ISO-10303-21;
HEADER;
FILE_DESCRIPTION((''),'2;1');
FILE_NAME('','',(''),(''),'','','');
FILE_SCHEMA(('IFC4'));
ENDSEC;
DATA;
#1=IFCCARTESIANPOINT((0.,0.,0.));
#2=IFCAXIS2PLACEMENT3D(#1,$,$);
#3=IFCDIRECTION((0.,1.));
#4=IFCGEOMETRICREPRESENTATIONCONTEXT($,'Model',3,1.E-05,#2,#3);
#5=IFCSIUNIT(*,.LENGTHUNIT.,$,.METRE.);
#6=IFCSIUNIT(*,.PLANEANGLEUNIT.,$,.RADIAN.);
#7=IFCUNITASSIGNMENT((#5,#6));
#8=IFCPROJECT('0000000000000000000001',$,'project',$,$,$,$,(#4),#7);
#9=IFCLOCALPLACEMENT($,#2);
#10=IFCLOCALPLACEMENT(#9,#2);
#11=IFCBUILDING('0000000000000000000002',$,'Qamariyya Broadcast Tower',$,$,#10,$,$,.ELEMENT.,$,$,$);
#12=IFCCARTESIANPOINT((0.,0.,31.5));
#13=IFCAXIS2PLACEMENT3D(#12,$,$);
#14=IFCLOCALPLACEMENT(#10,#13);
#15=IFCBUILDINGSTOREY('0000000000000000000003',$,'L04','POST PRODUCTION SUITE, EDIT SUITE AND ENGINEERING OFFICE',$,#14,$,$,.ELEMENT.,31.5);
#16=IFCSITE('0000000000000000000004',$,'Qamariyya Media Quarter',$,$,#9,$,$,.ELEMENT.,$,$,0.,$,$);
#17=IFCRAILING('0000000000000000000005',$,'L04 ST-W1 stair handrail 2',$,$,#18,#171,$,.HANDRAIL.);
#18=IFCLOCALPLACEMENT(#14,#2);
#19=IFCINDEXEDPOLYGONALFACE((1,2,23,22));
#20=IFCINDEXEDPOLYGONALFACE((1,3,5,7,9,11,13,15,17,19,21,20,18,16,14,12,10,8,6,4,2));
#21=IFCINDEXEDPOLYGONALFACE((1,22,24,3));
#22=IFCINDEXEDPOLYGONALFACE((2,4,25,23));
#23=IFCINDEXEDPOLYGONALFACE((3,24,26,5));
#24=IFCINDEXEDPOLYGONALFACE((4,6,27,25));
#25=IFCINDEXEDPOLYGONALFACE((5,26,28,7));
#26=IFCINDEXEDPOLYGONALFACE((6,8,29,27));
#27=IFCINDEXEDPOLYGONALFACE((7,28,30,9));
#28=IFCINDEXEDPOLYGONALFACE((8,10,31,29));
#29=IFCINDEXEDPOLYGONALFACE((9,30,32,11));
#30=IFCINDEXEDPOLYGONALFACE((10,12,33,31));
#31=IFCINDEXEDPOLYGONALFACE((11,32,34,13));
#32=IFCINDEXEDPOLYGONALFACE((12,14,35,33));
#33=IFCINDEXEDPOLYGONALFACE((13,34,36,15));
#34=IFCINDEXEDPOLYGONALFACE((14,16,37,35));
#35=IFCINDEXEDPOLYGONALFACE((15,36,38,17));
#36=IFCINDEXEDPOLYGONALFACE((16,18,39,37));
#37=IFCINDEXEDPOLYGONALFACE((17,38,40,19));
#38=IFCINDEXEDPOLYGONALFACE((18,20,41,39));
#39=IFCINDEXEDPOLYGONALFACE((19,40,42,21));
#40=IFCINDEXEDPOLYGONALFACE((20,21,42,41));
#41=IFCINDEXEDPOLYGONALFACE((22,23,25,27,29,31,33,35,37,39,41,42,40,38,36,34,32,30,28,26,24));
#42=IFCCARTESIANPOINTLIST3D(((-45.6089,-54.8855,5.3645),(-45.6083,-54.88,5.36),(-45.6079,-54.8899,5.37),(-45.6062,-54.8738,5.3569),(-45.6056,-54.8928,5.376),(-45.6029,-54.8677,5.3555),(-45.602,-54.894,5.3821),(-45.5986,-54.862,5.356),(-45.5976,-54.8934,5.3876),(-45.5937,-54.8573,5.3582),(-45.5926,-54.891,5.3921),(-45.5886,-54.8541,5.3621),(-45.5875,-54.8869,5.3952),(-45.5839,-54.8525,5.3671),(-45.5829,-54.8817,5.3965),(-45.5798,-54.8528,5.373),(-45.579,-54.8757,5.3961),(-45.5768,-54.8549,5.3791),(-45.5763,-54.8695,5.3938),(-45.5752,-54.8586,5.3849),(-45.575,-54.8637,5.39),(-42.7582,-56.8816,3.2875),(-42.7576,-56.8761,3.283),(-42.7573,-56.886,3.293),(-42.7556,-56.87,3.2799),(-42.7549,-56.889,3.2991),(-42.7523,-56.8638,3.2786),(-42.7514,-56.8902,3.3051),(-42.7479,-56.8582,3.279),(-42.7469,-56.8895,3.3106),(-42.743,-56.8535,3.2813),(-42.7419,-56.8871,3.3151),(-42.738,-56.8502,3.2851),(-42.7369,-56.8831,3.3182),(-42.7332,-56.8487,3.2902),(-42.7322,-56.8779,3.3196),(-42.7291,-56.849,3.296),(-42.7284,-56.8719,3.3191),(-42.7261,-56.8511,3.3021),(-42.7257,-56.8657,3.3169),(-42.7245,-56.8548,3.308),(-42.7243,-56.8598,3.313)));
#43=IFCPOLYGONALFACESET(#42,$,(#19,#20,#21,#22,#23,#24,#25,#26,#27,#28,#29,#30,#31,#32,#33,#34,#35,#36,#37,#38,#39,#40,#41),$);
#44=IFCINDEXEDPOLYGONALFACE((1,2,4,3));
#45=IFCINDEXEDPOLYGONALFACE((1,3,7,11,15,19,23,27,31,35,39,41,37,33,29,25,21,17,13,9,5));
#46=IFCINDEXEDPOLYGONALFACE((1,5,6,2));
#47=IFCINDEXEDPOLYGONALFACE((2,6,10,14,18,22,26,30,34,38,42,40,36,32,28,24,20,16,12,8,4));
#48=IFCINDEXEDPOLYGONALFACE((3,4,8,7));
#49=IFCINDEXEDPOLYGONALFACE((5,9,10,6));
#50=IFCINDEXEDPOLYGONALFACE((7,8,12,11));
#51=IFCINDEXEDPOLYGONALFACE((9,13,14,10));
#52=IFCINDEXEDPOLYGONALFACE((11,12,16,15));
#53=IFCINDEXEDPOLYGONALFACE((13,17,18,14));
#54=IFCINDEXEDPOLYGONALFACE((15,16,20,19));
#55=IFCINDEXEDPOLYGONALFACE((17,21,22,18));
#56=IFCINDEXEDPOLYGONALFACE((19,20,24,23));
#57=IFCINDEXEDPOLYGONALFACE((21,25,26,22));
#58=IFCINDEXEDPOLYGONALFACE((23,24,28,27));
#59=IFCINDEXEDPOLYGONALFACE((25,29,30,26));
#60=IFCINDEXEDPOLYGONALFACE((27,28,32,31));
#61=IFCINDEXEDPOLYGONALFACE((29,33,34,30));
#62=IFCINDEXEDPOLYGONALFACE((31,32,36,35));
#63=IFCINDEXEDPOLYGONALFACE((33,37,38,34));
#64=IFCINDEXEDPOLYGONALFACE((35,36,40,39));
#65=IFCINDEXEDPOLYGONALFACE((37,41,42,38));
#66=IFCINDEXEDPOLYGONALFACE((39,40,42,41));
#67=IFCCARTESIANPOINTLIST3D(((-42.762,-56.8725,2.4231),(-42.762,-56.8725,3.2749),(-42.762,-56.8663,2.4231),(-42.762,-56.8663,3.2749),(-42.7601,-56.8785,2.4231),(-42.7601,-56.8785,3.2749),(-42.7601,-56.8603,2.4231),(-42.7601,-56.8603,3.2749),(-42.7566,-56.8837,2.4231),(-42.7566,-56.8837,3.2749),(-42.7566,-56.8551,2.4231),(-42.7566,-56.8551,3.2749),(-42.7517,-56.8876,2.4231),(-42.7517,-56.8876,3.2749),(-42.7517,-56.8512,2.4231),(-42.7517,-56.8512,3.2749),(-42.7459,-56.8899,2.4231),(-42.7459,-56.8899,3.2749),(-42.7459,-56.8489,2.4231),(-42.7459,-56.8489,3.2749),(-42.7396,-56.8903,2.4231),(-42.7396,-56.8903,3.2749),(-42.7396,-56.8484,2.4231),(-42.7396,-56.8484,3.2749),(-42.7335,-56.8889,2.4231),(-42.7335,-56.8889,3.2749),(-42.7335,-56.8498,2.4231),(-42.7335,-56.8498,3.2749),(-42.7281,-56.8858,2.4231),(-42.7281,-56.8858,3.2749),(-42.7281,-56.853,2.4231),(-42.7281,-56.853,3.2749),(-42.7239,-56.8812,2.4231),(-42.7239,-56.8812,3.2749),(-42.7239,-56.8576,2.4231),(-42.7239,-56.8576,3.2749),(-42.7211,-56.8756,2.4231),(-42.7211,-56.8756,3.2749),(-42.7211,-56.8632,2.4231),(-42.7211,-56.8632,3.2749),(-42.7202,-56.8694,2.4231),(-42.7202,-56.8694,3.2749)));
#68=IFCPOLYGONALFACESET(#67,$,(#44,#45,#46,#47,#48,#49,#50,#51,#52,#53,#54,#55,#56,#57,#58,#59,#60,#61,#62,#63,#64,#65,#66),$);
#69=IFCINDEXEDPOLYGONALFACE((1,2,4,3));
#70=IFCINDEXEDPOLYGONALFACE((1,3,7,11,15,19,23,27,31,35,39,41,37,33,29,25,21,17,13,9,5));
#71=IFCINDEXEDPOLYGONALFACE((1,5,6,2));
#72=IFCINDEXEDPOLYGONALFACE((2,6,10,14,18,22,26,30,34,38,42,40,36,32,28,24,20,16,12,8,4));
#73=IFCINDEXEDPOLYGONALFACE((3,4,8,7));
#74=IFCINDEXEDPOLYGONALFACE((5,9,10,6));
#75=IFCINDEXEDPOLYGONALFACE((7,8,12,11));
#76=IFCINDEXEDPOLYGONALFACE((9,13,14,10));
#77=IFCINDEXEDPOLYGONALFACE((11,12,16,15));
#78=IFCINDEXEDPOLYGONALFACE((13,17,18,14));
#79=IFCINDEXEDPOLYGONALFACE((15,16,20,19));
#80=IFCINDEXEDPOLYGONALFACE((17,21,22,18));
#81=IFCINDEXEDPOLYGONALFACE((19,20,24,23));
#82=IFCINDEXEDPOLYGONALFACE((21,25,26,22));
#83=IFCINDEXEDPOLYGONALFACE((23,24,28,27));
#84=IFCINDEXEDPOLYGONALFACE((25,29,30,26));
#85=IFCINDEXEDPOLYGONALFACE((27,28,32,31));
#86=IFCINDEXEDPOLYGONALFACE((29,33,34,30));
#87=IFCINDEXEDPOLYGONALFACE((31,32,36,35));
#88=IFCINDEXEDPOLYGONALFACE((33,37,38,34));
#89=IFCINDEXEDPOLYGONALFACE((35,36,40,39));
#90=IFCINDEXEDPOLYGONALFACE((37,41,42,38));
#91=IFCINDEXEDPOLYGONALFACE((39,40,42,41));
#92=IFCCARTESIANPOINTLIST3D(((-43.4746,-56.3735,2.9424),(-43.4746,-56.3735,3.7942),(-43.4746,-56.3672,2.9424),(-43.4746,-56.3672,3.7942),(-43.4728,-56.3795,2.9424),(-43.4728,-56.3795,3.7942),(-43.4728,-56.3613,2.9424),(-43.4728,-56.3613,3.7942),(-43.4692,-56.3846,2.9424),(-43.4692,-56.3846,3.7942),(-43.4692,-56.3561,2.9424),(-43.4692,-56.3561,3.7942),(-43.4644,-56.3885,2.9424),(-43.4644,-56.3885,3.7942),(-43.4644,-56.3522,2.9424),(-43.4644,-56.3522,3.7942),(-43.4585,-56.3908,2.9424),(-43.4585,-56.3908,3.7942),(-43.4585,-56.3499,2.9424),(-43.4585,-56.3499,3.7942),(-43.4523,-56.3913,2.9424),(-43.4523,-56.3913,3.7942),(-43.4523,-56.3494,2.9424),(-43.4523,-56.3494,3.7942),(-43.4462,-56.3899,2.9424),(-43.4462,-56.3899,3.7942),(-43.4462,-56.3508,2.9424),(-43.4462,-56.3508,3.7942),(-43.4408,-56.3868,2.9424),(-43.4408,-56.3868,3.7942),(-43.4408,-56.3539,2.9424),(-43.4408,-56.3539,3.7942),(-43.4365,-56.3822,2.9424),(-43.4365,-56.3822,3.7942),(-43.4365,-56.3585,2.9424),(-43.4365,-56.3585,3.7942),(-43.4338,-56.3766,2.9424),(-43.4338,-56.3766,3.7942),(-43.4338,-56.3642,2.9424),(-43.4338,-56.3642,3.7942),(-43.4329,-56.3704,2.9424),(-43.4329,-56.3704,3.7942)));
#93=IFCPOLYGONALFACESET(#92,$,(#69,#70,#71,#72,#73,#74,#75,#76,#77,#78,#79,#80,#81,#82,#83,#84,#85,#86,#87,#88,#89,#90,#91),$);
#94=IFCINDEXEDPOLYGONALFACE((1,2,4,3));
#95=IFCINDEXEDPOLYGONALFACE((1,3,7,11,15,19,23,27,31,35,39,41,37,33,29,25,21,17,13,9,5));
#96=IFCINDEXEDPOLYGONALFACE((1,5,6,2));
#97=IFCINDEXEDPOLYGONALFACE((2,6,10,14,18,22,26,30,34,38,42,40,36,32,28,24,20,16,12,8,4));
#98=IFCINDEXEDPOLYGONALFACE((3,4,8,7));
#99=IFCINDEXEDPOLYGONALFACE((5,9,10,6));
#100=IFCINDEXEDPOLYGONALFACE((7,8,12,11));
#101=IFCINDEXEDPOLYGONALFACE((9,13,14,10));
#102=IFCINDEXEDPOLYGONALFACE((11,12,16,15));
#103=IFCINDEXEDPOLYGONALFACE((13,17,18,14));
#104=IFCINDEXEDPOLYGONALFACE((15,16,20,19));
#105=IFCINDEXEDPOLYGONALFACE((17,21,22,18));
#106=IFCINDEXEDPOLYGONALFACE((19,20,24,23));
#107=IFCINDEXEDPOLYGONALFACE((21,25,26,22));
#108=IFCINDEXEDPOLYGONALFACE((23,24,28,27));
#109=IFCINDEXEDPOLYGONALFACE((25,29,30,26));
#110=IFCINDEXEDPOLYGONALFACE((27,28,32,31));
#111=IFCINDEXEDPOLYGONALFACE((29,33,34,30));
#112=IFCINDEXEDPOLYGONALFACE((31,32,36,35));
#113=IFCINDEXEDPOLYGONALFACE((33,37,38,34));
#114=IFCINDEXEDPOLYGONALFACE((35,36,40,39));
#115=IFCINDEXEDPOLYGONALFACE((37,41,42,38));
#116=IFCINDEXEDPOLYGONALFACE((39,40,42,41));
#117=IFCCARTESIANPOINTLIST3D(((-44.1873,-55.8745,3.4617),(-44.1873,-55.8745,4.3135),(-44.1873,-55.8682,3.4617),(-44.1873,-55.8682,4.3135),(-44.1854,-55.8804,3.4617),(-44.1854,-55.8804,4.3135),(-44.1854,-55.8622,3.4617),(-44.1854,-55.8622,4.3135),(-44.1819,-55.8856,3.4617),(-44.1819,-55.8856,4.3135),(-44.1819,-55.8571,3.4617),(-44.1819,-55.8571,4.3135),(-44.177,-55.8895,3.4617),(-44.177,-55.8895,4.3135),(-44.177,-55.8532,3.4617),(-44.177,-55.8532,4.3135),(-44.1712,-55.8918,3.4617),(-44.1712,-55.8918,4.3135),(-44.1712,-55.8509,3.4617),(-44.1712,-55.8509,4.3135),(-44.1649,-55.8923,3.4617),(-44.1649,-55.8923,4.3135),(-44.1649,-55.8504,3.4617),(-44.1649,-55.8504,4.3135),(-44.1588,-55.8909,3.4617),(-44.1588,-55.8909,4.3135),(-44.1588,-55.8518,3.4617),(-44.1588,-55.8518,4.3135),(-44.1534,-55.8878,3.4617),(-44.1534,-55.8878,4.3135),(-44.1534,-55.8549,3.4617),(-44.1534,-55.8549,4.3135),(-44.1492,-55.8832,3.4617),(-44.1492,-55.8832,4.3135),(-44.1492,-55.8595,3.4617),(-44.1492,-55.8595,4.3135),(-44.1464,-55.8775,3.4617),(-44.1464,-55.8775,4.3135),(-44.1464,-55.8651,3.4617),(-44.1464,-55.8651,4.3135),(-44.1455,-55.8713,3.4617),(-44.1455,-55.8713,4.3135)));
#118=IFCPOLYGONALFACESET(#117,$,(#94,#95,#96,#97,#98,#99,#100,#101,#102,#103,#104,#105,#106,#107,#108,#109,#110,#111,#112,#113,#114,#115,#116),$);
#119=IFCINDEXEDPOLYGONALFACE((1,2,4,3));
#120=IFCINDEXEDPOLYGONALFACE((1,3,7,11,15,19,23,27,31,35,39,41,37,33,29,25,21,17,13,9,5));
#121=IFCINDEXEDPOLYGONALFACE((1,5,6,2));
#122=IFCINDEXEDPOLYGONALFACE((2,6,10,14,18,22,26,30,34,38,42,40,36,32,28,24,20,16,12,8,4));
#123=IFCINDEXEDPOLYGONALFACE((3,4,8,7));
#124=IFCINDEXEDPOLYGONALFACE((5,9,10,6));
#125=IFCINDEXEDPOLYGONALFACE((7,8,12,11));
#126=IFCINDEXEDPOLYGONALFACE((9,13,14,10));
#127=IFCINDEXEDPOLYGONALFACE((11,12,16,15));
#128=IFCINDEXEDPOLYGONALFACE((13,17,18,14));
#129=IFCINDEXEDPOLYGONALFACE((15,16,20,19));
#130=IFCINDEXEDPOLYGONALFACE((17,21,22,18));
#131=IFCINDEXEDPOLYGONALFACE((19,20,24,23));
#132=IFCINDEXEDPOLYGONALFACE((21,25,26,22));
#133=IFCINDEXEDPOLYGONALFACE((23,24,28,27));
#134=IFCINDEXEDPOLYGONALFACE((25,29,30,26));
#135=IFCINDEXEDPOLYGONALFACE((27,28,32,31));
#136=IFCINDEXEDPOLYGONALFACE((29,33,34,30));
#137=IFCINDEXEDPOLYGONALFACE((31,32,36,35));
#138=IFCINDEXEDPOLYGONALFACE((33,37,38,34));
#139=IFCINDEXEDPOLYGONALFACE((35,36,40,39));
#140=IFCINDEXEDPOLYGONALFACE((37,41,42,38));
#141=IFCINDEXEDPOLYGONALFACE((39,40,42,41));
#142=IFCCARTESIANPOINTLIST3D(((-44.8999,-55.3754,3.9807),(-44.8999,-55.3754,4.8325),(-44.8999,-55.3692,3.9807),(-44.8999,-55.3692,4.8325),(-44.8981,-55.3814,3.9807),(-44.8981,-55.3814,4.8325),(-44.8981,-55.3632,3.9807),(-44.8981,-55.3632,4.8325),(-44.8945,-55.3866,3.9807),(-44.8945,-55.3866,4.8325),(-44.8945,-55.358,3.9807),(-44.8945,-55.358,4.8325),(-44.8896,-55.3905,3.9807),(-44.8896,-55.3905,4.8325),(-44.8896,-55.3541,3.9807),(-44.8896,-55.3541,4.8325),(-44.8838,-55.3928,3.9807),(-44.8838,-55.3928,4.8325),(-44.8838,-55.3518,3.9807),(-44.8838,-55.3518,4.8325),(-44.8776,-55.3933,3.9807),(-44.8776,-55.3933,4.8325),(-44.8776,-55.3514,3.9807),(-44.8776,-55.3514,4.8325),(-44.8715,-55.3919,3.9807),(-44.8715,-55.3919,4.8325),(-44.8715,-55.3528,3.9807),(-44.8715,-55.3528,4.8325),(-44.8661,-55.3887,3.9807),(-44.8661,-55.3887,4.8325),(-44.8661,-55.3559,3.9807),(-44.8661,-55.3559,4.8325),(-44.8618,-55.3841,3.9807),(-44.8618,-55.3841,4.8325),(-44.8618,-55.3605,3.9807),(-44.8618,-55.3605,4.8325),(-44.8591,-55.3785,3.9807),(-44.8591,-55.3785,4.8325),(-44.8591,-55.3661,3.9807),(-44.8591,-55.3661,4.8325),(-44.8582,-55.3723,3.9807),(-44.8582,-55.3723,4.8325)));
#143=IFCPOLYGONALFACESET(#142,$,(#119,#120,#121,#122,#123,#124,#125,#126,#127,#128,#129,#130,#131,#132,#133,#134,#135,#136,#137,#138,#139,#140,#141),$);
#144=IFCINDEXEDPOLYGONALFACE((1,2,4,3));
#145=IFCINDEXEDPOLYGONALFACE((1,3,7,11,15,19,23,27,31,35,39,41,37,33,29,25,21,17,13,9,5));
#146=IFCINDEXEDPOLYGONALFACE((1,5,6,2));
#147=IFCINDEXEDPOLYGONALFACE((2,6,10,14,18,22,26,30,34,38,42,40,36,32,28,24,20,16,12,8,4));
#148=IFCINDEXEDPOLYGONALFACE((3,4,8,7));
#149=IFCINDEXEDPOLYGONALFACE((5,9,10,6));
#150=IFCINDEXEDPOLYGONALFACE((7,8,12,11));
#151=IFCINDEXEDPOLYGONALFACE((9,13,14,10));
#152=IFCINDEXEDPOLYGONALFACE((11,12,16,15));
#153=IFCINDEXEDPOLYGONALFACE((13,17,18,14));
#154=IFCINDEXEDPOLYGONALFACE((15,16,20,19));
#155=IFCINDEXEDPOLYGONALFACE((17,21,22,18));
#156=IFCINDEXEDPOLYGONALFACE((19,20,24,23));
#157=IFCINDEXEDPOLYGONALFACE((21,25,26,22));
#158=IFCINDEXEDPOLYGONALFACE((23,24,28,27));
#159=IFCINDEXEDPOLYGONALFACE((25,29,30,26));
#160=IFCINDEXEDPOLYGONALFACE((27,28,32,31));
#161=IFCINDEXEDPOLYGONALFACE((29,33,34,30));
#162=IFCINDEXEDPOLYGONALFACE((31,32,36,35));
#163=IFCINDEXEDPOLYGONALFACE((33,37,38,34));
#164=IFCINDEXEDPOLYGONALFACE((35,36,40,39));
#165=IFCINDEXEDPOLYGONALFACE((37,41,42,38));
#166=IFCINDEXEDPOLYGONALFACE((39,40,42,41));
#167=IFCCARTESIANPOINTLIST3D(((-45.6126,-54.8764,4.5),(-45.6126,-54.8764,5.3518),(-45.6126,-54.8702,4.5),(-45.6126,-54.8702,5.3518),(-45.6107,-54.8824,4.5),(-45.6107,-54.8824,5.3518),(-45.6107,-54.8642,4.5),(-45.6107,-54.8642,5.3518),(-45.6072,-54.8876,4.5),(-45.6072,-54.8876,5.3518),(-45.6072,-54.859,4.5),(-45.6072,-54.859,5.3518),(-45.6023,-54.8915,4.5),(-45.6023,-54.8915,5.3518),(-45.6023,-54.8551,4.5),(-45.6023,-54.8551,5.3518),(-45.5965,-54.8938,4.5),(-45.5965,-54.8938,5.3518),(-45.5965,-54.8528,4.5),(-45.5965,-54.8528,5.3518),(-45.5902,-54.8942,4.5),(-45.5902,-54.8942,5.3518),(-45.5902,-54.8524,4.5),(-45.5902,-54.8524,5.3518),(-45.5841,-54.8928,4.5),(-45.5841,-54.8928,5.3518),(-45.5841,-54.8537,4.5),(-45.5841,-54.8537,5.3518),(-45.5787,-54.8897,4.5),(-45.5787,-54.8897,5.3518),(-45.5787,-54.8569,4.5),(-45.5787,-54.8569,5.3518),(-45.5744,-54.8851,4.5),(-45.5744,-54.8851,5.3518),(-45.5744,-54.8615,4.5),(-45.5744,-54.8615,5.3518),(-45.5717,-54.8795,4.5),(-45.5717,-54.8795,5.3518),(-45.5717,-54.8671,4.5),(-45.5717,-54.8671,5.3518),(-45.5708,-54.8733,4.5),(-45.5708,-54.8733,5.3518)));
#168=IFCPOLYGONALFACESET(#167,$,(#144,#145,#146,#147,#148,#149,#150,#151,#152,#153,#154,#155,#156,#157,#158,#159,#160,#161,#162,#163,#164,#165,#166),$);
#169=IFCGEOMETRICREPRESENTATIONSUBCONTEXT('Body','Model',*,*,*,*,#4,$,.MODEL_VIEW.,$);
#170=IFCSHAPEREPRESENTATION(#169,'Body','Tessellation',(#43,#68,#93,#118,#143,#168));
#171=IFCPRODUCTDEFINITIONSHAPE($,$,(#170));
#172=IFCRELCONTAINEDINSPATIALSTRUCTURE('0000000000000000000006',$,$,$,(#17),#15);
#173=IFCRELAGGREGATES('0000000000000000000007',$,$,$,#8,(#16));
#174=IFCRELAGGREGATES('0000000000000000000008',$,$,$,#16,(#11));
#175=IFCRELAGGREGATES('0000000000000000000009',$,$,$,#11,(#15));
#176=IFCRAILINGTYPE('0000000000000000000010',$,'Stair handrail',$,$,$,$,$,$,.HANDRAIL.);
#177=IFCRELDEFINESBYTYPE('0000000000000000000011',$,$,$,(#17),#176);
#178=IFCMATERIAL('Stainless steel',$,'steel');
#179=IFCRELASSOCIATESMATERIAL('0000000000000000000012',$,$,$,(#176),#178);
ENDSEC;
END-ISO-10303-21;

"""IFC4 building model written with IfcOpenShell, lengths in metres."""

from ifc_helpers import new_model, si_unit, direction, frame, origin, origin_2d, place, context, subcontext, project, spatial, circle, extrude, material, type_object, element, save


model = new_model("IFC4")

# Units and contexts
model_context = context("Model", 3, precision=1e-05, world=origin(), true_north=direction((0.0, 1.0)))
body_context = subcontext(model_context, "Body", "Model", "MODEL_VIEW")
ifc_project = project(units=[si_unit("LENGTHUNIT", "METRE"), si_unit("PLANEANGLEUNIT", "RADIAN")], contexts=[model_context])

# Site, building, storey
site_placement = place(None, origin())
site = spatial("IfcSite", under=ifc_project, at=site_placement, Name="Qamariyya Media Quarter", CompositionType="ELEMENT", RefElevation=0.0)
building_placement = place(site_placement, origin())
building = spatial("IfcBuilding", under=site, at=building_placement, Name="Qamariyya Broadcast Tower", CompositionType="ELEMENT")
storey_placement = place(building_placement, frame((0.0, 0.0, 31.5)))
storey = spatial("IfcBuildingStorey", under=building, at=storey_placement, Name="L04", Description="POST PRODUCTION SUITE, EDIT SUITE AND ENGINEERING OFFICE", CompositionType="ELEMENT", Elevation=31.5)

# Railing
ifc_material_1 = material(Name="Stainless steel", Category="steel")
railing_type_1 = type_object("IfcRailingType", Name="Stair handrail", PredefinedType="HANDRAIL", material=ifc_material_1)
railing_1_placement = place(storey_placement, frame((-42.7412, -56.8694, 2.4231)))
element("IfcRailing", 1, at=railing_1_placement, inside=storey, type_object=railing_type_1, Name="L04 ST-W1 stair handrail 2", PredefinedType="HANDRAIL", context=body_context, shape_type="SweptSolid", body=[
    extrude(circle(Radius=0.0239, at=origin_2d()), frame((0.0, 0.0, 0.876), z_axis=(-0.703393, 0.492544, 0.512484), x_axis=(-0.573594, -0.81914, 0.0)), (0.0, 0.0, 1.0), 4.0527),
    extrude(circle(Radius=0.021, at=origin_2d()), origin(), (0.0, 0.0, 1.0), 0.8518),
    extrude(circle(Radius=0.021, at=origin_2d()), frame((-0.7126, 0.499, 0.5193)), (0.0, 0.0, 1.0), 0.8518),
    extrude(circle(Radius=0.021, at=origin_2d()), frame((-1.4253, 0.998, 1.0386)), (0.0, 0.0, 1.0), 0.8518),
    extrude(circle(Radius=0.021, at=origin_2d()), frame((-2.1379, 1.4971, 1.5576)), (0.0, 0.0, 1.0), 0.8518),
    extrude(circle(Radius=0.021, at=origin_2d()), frame((-2.8506, 1.9961, 2.0769)), (0.0, 0.0, 1.0), 0.8518),
])

save(model, "model.ifc")
